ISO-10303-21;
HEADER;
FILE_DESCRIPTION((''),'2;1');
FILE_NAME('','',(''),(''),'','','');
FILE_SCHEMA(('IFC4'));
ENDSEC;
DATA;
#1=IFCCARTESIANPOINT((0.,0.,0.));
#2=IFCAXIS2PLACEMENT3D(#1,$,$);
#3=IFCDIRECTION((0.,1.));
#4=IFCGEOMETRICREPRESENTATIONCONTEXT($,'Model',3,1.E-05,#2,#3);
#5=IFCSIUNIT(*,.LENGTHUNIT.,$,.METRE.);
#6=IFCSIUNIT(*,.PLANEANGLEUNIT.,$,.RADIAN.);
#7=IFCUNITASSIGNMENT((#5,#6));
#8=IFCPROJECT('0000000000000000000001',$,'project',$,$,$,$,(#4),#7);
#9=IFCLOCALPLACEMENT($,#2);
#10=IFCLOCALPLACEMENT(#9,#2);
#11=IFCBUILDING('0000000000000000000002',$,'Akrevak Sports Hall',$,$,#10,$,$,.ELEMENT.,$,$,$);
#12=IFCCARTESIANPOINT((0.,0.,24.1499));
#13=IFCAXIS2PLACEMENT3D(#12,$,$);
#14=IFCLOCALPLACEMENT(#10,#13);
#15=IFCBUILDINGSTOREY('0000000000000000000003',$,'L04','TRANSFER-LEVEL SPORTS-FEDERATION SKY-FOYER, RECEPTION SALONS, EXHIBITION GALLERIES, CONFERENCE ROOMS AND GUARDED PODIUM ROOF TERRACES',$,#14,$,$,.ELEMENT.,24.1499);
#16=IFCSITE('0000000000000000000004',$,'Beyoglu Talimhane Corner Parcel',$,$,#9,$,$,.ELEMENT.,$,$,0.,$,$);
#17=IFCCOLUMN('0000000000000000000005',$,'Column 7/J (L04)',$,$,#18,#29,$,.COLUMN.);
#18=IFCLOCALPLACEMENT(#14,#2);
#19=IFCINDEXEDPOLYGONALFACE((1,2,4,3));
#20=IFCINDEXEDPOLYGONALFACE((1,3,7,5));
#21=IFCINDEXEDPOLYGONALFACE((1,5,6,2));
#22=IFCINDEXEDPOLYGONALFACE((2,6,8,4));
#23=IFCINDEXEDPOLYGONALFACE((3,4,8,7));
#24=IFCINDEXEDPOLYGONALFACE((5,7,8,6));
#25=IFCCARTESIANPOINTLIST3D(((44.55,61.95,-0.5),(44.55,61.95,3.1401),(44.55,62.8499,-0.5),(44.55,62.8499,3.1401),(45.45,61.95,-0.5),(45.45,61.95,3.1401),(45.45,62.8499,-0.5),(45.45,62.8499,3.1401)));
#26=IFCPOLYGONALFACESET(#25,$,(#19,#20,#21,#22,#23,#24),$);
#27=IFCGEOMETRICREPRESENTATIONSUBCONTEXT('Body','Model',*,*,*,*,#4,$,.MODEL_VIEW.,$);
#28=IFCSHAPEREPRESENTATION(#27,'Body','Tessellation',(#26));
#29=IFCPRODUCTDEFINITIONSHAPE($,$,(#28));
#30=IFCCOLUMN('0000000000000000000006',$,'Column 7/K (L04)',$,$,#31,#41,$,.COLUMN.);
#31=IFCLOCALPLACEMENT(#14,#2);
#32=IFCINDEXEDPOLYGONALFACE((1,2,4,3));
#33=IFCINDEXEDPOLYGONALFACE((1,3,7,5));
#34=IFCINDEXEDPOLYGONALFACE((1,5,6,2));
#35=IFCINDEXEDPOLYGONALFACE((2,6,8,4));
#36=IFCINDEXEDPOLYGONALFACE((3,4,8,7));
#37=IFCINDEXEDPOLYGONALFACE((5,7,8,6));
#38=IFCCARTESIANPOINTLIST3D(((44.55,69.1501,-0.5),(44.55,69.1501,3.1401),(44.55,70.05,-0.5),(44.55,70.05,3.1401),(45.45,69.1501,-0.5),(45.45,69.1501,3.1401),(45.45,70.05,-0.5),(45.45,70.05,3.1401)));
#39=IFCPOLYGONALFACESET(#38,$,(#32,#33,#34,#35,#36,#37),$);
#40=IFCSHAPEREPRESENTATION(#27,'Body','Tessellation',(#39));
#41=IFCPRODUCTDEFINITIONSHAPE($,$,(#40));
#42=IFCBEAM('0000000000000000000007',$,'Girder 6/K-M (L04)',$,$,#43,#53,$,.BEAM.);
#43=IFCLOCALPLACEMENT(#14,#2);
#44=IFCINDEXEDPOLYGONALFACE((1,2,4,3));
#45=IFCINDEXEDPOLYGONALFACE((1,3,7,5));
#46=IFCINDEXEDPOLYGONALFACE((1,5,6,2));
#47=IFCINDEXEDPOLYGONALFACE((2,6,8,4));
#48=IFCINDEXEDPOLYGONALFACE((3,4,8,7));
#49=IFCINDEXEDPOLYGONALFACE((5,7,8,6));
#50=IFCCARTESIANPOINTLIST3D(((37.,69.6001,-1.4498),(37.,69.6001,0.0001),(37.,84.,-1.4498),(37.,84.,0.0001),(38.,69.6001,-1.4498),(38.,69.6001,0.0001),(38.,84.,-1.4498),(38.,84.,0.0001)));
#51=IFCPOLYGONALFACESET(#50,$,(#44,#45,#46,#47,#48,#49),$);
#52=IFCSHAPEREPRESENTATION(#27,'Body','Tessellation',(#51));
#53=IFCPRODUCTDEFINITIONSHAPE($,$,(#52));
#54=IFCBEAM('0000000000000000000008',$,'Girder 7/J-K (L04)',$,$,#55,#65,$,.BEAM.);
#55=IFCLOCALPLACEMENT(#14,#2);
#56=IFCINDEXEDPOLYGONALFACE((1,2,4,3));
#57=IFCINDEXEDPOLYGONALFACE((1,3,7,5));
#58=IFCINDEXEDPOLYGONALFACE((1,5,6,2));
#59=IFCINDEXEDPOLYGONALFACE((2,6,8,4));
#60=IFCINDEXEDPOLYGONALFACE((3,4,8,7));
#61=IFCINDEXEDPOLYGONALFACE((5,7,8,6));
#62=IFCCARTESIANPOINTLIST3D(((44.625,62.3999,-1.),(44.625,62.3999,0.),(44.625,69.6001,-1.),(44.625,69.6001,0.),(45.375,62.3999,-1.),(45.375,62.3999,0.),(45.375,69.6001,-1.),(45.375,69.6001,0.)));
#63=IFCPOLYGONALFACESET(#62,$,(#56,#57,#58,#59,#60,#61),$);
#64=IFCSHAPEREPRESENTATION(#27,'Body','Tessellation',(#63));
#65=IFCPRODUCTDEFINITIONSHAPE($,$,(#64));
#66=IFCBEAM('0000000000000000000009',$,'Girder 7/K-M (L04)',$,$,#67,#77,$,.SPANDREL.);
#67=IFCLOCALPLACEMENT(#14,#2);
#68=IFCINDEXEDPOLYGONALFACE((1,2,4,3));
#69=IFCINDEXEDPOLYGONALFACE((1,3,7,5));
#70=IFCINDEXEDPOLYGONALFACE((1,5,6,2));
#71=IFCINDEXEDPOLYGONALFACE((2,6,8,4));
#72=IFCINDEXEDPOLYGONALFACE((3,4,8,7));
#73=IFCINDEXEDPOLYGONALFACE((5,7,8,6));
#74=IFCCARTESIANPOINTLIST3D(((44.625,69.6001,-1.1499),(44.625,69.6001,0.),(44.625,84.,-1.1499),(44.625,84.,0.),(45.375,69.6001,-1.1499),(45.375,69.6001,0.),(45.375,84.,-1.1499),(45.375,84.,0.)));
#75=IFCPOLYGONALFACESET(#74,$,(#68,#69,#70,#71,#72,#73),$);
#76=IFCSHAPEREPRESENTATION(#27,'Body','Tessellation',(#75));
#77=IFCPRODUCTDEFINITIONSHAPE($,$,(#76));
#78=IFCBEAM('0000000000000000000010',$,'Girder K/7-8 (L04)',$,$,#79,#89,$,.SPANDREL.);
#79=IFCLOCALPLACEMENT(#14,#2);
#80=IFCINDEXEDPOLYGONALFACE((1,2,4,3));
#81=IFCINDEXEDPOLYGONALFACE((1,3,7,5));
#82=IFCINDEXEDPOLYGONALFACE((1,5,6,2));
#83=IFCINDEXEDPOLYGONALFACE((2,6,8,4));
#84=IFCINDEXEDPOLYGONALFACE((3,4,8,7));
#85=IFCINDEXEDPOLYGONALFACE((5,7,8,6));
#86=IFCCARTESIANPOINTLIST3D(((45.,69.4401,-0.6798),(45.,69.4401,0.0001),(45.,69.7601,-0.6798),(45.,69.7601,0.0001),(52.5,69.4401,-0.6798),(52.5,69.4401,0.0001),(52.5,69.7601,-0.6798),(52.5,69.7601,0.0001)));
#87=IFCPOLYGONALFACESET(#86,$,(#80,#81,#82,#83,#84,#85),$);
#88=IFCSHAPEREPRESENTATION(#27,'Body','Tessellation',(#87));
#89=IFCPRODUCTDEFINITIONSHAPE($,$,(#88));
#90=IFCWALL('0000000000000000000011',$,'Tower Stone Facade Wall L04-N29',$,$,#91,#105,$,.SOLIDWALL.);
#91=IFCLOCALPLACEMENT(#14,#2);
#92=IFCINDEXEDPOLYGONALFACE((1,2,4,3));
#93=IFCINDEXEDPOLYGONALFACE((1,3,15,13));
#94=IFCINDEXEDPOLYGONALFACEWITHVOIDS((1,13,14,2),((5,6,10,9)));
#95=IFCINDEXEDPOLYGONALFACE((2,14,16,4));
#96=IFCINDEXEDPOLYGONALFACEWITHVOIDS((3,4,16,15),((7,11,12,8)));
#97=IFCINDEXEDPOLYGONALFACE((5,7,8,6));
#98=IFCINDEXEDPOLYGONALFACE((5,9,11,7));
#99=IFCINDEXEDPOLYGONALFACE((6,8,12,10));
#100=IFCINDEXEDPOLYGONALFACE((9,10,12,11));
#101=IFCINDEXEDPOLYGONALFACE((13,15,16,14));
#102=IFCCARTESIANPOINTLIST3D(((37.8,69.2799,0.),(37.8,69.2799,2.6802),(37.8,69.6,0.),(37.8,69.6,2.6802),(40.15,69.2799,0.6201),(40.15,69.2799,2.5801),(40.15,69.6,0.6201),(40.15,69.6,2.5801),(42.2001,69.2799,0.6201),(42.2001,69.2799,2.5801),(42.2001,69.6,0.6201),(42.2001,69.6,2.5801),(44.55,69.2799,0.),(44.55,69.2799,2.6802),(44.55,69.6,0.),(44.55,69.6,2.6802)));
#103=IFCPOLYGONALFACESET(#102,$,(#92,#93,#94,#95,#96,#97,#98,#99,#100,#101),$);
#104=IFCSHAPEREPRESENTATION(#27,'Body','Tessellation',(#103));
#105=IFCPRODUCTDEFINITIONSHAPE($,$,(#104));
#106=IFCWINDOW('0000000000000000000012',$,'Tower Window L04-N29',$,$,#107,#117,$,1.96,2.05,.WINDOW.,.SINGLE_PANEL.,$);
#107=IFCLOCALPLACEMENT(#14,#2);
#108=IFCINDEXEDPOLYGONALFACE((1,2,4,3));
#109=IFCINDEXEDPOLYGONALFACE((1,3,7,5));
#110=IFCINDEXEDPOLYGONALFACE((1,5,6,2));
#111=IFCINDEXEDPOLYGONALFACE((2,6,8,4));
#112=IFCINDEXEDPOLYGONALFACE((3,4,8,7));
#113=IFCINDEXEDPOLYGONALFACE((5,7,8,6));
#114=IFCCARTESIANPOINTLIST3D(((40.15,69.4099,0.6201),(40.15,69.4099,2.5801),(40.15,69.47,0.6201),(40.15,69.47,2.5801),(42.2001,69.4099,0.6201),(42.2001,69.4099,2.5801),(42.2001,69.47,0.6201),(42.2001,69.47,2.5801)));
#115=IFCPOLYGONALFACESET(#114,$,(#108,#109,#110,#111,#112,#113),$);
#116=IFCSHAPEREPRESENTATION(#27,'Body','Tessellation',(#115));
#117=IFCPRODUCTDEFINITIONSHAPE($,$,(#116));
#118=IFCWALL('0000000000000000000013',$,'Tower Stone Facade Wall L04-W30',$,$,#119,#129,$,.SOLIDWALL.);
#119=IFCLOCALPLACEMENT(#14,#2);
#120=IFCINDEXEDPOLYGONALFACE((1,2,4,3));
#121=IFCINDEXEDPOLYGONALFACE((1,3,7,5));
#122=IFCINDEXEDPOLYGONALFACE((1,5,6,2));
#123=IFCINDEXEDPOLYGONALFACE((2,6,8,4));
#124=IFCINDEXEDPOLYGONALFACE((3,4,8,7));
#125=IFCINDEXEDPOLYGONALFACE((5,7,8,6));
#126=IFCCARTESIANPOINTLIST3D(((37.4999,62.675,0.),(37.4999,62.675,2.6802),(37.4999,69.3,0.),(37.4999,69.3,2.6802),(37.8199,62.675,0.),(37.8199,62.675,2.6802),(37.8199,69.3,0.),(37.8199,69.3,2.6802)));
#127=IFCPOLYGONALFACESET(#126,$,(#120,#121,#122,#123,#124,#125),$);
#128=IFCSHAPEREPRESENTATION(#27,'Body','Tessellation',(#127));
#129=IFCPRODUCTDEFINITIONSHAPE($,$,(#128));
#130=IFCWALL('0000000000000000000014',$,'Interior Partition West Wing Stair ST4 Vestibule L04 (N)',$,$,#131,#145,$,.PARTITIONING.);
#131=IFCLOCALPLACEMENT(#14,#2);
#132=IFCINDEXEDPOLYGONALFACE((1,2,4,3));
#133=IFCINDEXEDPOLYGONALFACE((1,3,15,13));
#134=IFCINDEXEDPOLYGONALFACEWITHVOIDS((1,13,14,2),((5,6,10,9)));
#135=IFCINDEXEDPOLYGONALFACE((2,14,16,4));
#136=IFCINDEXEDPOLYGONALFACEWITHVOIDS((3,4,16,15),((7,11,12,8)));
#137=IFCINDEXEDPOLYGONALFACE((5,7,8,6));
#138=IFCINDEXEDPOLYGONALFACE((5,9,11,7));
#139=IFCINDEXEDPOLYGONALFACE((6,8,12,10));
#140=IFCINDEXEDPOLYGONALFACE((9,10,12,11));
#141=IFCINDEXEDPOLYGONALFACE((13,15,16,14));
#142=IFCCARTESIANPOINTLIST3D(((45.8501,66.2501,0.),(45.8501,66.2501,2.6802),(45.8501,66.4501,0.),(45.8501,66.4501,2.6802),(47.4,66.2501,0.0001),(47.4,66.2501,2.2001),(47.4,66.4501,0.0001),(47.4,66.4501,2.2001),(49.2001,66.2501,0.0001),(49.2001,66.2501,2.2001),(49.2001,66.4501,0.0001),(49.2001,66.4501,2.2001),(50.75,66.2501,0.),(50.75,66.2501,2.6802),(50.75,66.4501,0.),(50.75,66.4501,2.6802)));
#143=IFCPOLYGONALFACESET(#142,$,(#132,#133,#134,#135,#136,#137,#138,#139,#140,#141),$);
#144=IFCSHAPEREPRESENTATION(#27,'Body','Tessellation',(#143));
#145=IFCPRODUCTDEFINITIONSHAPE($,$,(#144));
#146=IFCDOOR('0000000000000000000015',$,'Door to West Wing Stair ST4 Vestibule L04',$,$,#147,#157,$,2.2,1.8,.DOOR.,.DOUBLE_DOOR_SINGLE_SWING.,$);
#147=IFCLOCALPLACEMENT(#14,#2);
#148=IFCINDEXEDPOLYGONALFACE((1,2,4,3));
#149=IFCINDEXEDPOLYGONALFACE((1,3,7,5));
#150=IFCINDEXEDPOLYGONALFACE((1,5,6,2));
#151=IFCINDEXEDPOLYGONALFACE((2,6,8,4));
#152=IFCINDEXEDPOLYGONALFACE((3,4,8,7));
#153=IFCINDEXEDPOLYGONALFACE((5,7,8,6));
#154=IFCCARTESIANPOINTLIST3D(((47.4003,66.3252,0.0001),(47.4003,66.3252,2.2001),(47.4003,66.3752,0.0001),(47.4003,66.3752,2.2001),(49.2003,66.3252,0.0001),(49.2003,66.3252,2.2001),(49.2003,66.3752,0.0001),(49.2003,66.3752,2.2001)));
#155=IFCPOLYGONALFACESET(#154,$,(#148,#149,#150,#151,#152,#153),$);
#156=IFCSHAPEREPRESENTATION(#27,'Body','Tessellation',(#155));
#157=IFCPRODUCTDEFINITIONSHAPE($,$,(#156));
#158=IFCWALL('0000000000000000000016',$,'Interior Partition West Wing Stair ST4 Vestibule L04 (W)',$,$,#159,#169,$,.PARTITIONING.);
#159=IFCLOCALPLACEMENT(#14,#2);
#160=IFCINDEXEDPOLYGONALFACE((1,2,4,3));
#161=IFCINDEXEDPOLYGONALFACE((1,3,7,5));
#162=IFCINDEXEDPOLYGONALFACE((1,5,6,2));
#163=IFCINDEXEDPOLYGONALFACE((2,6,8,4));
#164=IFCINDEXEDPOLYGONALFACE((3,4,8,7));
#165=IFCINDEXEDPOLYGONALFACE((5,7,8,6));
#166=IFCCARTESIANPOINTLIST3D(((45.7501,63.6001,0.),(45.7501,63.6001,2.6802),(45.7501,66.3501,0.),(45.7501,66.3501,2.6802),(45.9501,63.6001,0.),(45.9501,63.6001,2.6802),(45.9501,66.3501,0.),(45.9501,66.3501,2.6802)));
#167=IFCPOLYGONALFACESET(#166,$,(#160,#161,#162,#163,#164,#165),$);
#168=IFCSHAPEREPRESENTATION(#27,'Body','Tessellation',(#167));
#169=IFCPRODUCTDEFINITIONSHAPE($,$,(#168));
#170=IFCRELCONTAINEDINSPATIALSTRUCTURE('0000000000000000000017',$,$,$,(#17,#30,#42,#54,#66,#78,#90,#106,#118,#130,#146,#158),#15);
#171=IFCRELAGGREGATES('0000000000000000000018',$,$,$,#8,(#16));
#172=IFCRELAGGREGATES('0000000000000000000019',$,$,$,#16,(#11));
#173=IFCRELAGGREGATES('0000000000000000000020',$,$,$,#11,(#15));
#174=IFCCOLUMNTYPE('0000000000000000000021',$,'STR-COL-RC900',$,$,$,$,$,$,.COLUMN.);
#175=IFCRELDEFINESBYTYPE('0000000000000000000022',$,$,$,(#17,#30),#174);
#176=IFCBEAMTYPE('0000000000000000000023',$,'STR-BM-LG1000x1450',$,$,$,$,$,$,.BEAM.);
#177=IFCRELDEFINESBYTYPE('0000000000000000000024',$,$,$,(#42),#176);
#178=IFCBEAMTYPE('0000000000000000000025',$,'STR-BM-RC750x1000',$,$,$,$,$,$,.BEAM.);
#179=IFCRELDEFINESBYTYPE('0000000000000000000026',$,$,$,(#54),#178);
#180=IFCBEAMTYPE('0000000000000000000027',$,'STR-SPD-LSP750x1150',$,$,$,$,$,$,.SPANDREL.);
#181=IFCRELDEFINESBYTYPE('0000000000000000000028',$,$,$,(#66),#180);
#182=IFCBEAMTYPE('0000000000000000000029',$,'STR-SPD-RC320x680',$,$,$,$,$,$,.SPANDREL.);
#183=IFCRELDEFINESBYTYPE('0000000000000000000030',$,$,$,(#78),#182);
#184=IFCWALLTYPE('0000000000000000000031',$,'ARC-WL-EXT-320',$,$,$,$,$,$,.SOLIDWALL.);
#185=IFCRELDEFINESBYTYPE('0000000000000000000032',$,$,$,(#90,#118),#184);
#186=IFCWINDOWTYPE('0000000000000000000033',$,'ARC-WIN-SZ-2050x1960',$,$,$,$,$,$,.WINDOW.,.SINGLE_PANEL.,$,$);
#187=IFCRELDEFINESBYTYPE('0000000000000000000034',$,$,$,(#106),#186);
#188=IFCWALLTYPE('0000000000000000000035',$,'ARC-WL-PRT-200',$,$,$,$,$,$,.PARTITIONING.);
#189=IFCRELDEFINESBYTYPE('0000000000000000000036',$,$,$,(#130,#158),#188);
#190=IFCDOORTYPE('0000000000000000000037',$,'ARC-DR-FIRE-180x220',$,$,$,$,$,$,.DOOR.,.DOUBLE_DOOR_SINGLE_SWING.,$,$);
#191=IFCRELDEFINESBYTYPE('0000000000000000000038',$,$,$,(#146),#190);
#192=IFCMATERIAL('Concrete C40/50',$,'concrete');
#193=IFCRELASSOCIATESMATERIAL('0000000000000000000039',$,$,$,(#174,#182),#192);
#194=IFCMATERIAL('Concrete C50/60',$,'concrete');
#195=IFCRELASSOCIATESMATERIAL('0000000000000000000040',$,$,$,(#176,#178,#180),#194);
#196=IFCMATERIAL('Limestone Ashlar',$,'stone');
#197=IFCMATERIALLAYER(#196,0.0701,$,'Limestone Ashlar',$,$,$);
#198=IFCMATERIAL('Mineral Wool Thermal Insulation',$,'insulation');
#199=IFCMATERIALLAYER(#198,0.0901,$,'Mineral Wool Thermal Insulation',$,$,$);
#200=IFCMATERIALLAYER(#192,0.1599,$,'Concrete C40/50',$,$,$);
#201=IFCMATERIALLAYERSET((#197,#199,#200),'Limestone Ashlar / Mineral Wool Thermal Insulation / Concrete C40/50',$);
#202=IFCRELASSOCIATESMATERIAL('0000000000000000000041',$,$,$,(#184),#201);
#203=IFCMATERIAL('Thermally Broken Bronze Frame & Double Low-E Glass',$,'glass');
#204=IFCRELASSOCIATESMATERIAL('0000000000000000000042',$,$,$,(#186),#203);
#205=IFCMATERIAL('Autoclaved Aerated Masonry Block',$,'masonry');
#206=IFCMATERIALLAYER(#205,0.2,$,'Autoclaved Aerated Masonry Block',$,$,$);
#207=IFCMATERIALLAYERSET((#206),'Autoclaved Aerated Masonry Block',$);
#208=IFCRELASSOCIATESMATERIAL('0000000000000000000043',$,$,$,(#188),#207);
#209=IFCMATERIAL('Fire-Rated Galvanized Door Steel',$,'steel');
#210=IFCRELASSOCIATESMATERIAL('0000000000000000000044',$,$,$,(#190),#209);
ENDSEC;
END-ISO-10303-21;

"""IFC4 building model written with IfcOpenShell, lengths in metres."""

from ifc_helpers import new_model, si_unit, direction, frame, frame_2d, origin, origin_2d, place, context, subcontext, project, spatial, rectangle, extrude, material, layer, layer_set, material_profile, profile_set, type_object, element, fill, save


model = new_model("IFC4")

# Units and contexts
model_context = context("Model", 3, precision=1e-05, world=origin(), true_north=direction((0.0, 1.0)))
body_context = subcontext(model_context, "Body", "Model", "MODEL_VIEW")
ifc_project = project(units=[si_unit("LENGTHUNIT", "METRE"), si_unit("PLANEANGLEUNIT", "RADIAN")], contexts=[model_context])

# Site, building, storey
site_placement = place(None, origin())
site = spatial("IfcSite", under=ifc_project, at=site_placement, Name="Beyoglu Talimhane Corner Parcel", CompositionType="ELEMENT", RefElevation=0.0)
building_placement = place(site_placement, origin())
building = spatial("IfcBuilding", under=site, at=building_placement, Name="Akrevak Sports Hall", CompositionType="ELEMENT")
storey_placement = place(building_placement, frame((0.0, 0.0, 24.1499)))
storey = spatial("IfcBuildingStorey", under=building, at=storey_placement, Name="L04", Description="TRANSFER-LEVEL SPORTS-FEDERATION SKY-FOYER, RECEPTION SALONS, EXHIBITION GALLERIES, CONFERENCE ROOMS AND GUARDED PODIUM ROOF TERRACES", CompositionType="ELEMENT", Elevation=24.1499)

# Columns
ifc_material_1 = material(Name="Concrete C40/50", Category="concrete")
ifc_material_profile_1 = material_profile(ifc_material_1, rectangle(XDim=0.8999, YDim=0.8999, at=origin_2d()), Name="RC 900x900", Category="concrete")
ifc_profile_set_1 = profile_set([ifc_material_profile_1], Name="Concrete C40/50")
column_type = type_object("IfcColumnType", Name="STR-COL-RC900", PredefinedType="COLUMN", material=ifc_profile_set_1)
for number, where, z_axis, x_axis, name in (
    (1, (45.0, 62.3999, -0.5), (0.0, 0.0, 1.0), (1.0, 0.0, 0.0), "Column 7/J (L04)"),
    (2, (45.0, 69.6001, -0.5), (0.0, 0.0, 1.0), (1.0, 0.0, 0.0), "Column 7/K (L04)"),
):
    element("IfcColumn", number, at=place(storey_placement, frame(where, z_axis=z_axis, x_axis=x_axis)), inside=storey, type_object=column_type, Name=name, PredefinedType="COLUMN", context=body_context, shape_type="SweptSolid", body=[
        extrude(rectangle(XDim=0.8999, YDim=0.8999, at=origin_2d()), origin(), (0.0, 0.0, 1.0), 3.6401),
    ])

# Beams
ifc_material_2 = material(Name="Concrete C50/60", Category="concrete")
ifc_material_profile_2 = material_profile(ifc_material_2, rectangle(XDim=1.0, YDim=1.45, at=origin_2d()), Name="BM 1000x1450", Category="concrete")
ifc_profile_set_2 = profile_set([ifc_material_profile_2], Name="Concrete C50/60")
beam_type_1 = type_object("IfcBeamType", Name="STR-BM-LG1000x1450", PredefinedType="BEAM", material=ifc_profile_set_2)
beam_1_placement = place(storey_placement, frame((37.5, 69.6001, -0.7249), z_axis=(0.0, 1.0, 0.0), x_axis=(-1.0, 0.0, 0.0)))
element("IfcBeam", 3, at=beam_1_placement, inside=storey, type_object=beam_type_1, Name="Girder 6/K-M (L04)", PredefinedType="BEAM", context=body_context, shape_type="SweptSolid", body=[
    extrude(rectangle(XDim=1.0, YDim=1.45, at=origin_2d()), origin(), (0.0, 0.0, 1.0), 14.3999),
])
ifc_material_profile_3 = material_profile(ifc_material_2, rectangle(XDim=0.75, YDim=1.0, at=origin_2d()), Name="BM 750x1000", Category="concrete")
ifc_profile_set_3 = profile_set([ifc_material_profile_3], Name="Concrete C50/60")
beam_type_2 = type_object("IfcBeamType", Name="STR-BM-RC750x1000", PredefinedType="BEAM", material=ifc_profile_set_3)
beam_2_placement = place(storey_placement, frame((45.0, 62.3999, -0.5), z_axis=(0.0, 1.0, 0.0), x_axis=(-1.0, 0.0, 0.0)))
element("IfcBeam", 4, at=beam_2_placement, inside=storey, type_object=beam_type_2, Name="Girder 7/J-K (L04)", PredefinedType="BEAM", context=body_context, shape_type="SweptSolid", body=[
    extrude(rectangle(XDim=0.75, YDim=1.0, at=origin_2d()), origin(), (0.0, 0.0, 1.0), 7.2002),
])
ifc_material_profile_4 = material_profile(ifc_material_2, rectangle(XDim=0.75, YDim=1.1499, at=origin_2d()), Name="SPD 750x1150", Category="concrete")
ifc_profile_set_4 = profile_set([ifc_material_profile_4], Name="Concrete C50/60")
beam_type_3 = type_object("IfcBeamType", Name="STR-SPD-LSP750x1150", PredefinedType="SPANDREL", material=ifc_profile_set_4)
beam_3_placement = place(storey_placement, frame((45.0, 69.6001, -0.575), z_axis=(0.0, 1.0, 0.0), x_axis=(-1.0, 0.0, 0.0)))
element("IfcBeam", 5, at=beam_3_placement, inside=storey, type_object=beam_type_3, Name="Girder 7/K-M (L04)", PredefinedType="SPANDREL", context=body_context, shape_type="SweptSolid", body=[
    extrude(rectangle(XDim=0.75, YDim=1.1499, at=origin_2d()), origin(), (0.0, 0.0, 1.0), 14.3999),
])
ifc_material_profile_5 = material_profile(ifc_material_1, rectangle(XDim=0.3201, YDim=0.6799, at=origin_2d()), Name="SPD 320x680", Category="concrete")
ifc_profile_set_5 = profile_set([ifc_material_profile_5], Name="Concrete C40/50")
beam_type_4 = type_object("IfcBeamType", Name="STR-SPD-RC320x680", PredefinedType="SPANDREL", material=ifc_profile_set_5)
beam_4_placement = place(storey_placement, frame((45.0, 69.6001, -0.3398), z_axis=(1.0, 0.0, 0.0), x_axis=(0.0, 1.0, 0.0)))
element("IfcBeam", 6, at=beam_4_placement, inside=storey, type_object=beam_type_4, Name="Girder K/7-8 (L04)", PredefinedType="SPANDREL", context=body_context, shape_type="SweptSolid", body=[
    extrude(rectangle(XDim=0.3201, YDim=0.6799, at=origin_2d()), origin(), (0.0, 0.0, 1.0), 7.5),
])

# Wall, opening, window
ifc_material_3 = material(Name="Limestone Ashlar", Category="stone")
ifc_layer_1 = layer(ifc_material_3, 0.0701, Name="Limestone Ashlar")
ifc_material_4 = material(Name="Mineral Wool Thermal Insulation", Category="insulation")
ifc_layer_2 = layer(ifc_material_4, 0.0901, Name="Mineral Wool Thermal Insulation")
ifc_layer_3 = layer(ifc_material_1, 0.1599, Name="Concrete C40/50")
ifc_layer_set_1 = layer_set([ifc_layer_1, ifc_layer_2, ifc_layer_3], Name="Limestone Ashlar / Mineral Wool Thermal Insulation / Concrete C40/50")
wall_type_1 = type_object("IfcWallType", Name="ARC-WL-EXT-320", PredefinedType="SOLIDWALL", material=ifc_layer_set_1)
wall_1_placement = place(storey_placement, frame((44.55, 69.4399, 0.0), z_axis=(0.0, 0.0, 1.0), x_axis=(-1.0, 0.0, 0.0)))
wall_1 = element("IfcWall", 7, at=wall_1_placement, inside=storey, type_object=wall_type_1, Name="Tower Stone Facade Wall L04-N29", PredefinedType="SOLIDWALL", context=body_context, shape_type="SweptSolid", body=[
    extrude(rectangle(XDim=6.75, YDim=0.3201, at=frame_2d((3.375, 0.0))), origin(), (0.0, 0.0, 1.0), 2.6802),
])
opening_1_placement = place(wall_1_placement, frame((2.3501, 0.0, 0.6201)))
opening_1 = element("IfcOpeningElement", 8, at=opening_1_placement, cuts=wall_1, PredefinedType="OPENING", context=body_context, shape_type="SweptSolid", body=[
    extrude(rectangle(XDim=2.05, YDim=1.96, at=frame_2d((1.0249, 0.98))), frame((0.0, 0.1719, 0.0), z_axis=(0.0, -1.0, 0.0), x_axis=(1.0, 0.0, 0.0)), (0.0, 0.0, 1.0), 0.344),
])
ifc_material_5 = material(Name="Thermally Broken Bronze Frame & Double Low-E Glass", Category="glass")
window_type = type_object("IfcWindowType", Name="ARC-WIN-SZ-2050x1960", PartitioningType="SINGLE_PANEL", PredefinedType="WINDOW", material=ifc_material_5)
window_placement = place(opening_1_placement, origin())
window = element("IfcWindow", 9, at=window_placement, inside=storey, type_object=window_type, Name="Tower Window L04-N29", OverallHeight=1.96, OverallWidth=2.05, PartitioningType="SINGLE_PANEL", PredefinedType="WINDOW", context=body_context, shape_type="SweptSolid", body=[
    extrude(rectangle(XDim=2.05, YDim=1.96, at=frame_2d((1.0249, 0.98))), frame((0.0, 0.03, 0.0), z_axis=(0.0, -1.0, 0.0), x_axis=(1.0, 0.0, 0.0)), (0.0, 0.0, 1.0), 0.0601),
])
fill(opening_1, window)

# Wall
wall_2_placement = place(storey_placement, frame((37.6599, 69.3, 0.0), z_axis=(0.0, 0.0, 1.0), x_axis=(0.0, -1.0, 0.0)))
element("IfcWall", 10, at=wall_2_placement, inside=storey, type_object=wall_type_1, Name="Tower Stone Facade Wall L04-W30", PredefinedType="SOLIDWALL", context=body_context, shape_type="SweptSolid", body=[
    extrude(rectangle(XDim=6.625, YDim=0.3201, at=frame_2d((3.3125, 0.0))), origin(), (0.0, 0.0, 1.0), 2.6802),
])

# Wall, opening, door
ifc_material_6 = material(Name="Autoclaved Aerated Masonry Block", Category="masonry")
ifc_layer_4 = layer(ifc_material_6, 0.2, Name="Autoclaved Aerated Masonry Block")
ifc_layer_set_2 = layer_set([ifc_layer_4], Name="Autoclaved Aerated Masonry Block")
wall_type_2 = type_object("IfcWallType", Name="ARC-WL-PRT-200", PredefinedType="PARTITIONING", material=ifc_layer_set_2)
wall_3_placement = place(storey_placement, frame((45.8501, 66.3501, 0.0), z_axis=(0.0, 0.0, 1.0), x_axis=(1.0, 0.0, 0.0)))
wall_3 = element("IfcWall", 11, at=wall_3_placement, inside=storey, type_object=wall_type_2, Name="Interior Partition West Wing Stair ST4 Vestibule L04 (N)", PredefinedType="PARTITIONING", context=body_context, shape_type="SweptSolid", body=[
    extrude(rectangle(XDim=4.8999, YDim=0.2, at=frame_2d((2.45, 0.0))), origin(), (0.0, 0.0, 1.0), 2.6802),
])
opening_2_placement = place(wall_3_placement, frame((1.55, 0.0, 0.0)))
opening_2 = element("IfcOpeningElement", 12, at=opening_2_placement, cuts=wall_3, PredefinedType="OPENING", context=body_context, shape_type="SweptSolid", body=[
    extrude(rectangle(XDim=1.8, YDim=2.2, at=frame_2d((0.8999, 1.1001))), frame((0.0, 0.1118, 0.0), z_axis=(0.0, -1.0, 0.0), x_axis=(1.0, 0.0, 0.0)), (0.0, 0.0, 1.0), 0.2239),
])
ifc_material_7 = material(Name="Fire-Rated Galvanized Door Steel", Category="steel")
door_type_1 = type_object("IfcDoorType", Name="ARC-DR-FIRE-180x220", OperationType="DOUBLE_DOOR_SINGLE_SWING", PredefinedType="DOOR", material=ifc_material_7)
door_1_placement = place(opening_2_placement, frame((1.8, 0.0, 0.0), z_axis=(0.0, 0.0, 1.0), x_axis=(-1.0, 0.0, 0.0)))
door_1 = element("IfcDoor", 13, at=door_1_placement, inside=storey, type_object=door_type_1, Name="Door to West Wing Stair ST4 Vestibule L04", OperationType="DOUBLE_DOOR_SINGLE_SWING", OverallHeight=2.2, OverallWidth=1.8, PredefinedType="DOOR", context=body_context, shape_type="SweptSolid", body=[
    extrude(rectangle(XDim=1.8, YDim=2.2, at=frame_2d((0.8999, 1.1001))), frame((0.0, 0.0249, 0.0), z_axis=(0.0, -1.0, 0.0), x_axis=(1.0, 0.0, 0.0)), (0.0, 0.0, 1.0), 0.05),
])
fill(opening_2, door_1)

# Wall
wall_4_placement = place(storey_placement, frame((45.8501, 63.6001, 0.0), z_axis=(0.0, 0.0, 1.0), x_axis=(0.0, 1.0, 0.0)))
element("IfcWall", 14, at=wall_4_placement, inside=storey, type_object=wall_type_2, Name="Interior Partition West Wing Stair ST4 Vestibule L04 (W)", PredefinedType="PARTITIONING", context=body_context, shape_type="SweptSolid", body=[
    extrude(rectangle(XDim=2.75, YDim=0.2, at=frame_2d((1.375, 0.0))), origin(), (0.0, 0.0, 1.0), 2.6802),
])

save(model, "model.ifc")
